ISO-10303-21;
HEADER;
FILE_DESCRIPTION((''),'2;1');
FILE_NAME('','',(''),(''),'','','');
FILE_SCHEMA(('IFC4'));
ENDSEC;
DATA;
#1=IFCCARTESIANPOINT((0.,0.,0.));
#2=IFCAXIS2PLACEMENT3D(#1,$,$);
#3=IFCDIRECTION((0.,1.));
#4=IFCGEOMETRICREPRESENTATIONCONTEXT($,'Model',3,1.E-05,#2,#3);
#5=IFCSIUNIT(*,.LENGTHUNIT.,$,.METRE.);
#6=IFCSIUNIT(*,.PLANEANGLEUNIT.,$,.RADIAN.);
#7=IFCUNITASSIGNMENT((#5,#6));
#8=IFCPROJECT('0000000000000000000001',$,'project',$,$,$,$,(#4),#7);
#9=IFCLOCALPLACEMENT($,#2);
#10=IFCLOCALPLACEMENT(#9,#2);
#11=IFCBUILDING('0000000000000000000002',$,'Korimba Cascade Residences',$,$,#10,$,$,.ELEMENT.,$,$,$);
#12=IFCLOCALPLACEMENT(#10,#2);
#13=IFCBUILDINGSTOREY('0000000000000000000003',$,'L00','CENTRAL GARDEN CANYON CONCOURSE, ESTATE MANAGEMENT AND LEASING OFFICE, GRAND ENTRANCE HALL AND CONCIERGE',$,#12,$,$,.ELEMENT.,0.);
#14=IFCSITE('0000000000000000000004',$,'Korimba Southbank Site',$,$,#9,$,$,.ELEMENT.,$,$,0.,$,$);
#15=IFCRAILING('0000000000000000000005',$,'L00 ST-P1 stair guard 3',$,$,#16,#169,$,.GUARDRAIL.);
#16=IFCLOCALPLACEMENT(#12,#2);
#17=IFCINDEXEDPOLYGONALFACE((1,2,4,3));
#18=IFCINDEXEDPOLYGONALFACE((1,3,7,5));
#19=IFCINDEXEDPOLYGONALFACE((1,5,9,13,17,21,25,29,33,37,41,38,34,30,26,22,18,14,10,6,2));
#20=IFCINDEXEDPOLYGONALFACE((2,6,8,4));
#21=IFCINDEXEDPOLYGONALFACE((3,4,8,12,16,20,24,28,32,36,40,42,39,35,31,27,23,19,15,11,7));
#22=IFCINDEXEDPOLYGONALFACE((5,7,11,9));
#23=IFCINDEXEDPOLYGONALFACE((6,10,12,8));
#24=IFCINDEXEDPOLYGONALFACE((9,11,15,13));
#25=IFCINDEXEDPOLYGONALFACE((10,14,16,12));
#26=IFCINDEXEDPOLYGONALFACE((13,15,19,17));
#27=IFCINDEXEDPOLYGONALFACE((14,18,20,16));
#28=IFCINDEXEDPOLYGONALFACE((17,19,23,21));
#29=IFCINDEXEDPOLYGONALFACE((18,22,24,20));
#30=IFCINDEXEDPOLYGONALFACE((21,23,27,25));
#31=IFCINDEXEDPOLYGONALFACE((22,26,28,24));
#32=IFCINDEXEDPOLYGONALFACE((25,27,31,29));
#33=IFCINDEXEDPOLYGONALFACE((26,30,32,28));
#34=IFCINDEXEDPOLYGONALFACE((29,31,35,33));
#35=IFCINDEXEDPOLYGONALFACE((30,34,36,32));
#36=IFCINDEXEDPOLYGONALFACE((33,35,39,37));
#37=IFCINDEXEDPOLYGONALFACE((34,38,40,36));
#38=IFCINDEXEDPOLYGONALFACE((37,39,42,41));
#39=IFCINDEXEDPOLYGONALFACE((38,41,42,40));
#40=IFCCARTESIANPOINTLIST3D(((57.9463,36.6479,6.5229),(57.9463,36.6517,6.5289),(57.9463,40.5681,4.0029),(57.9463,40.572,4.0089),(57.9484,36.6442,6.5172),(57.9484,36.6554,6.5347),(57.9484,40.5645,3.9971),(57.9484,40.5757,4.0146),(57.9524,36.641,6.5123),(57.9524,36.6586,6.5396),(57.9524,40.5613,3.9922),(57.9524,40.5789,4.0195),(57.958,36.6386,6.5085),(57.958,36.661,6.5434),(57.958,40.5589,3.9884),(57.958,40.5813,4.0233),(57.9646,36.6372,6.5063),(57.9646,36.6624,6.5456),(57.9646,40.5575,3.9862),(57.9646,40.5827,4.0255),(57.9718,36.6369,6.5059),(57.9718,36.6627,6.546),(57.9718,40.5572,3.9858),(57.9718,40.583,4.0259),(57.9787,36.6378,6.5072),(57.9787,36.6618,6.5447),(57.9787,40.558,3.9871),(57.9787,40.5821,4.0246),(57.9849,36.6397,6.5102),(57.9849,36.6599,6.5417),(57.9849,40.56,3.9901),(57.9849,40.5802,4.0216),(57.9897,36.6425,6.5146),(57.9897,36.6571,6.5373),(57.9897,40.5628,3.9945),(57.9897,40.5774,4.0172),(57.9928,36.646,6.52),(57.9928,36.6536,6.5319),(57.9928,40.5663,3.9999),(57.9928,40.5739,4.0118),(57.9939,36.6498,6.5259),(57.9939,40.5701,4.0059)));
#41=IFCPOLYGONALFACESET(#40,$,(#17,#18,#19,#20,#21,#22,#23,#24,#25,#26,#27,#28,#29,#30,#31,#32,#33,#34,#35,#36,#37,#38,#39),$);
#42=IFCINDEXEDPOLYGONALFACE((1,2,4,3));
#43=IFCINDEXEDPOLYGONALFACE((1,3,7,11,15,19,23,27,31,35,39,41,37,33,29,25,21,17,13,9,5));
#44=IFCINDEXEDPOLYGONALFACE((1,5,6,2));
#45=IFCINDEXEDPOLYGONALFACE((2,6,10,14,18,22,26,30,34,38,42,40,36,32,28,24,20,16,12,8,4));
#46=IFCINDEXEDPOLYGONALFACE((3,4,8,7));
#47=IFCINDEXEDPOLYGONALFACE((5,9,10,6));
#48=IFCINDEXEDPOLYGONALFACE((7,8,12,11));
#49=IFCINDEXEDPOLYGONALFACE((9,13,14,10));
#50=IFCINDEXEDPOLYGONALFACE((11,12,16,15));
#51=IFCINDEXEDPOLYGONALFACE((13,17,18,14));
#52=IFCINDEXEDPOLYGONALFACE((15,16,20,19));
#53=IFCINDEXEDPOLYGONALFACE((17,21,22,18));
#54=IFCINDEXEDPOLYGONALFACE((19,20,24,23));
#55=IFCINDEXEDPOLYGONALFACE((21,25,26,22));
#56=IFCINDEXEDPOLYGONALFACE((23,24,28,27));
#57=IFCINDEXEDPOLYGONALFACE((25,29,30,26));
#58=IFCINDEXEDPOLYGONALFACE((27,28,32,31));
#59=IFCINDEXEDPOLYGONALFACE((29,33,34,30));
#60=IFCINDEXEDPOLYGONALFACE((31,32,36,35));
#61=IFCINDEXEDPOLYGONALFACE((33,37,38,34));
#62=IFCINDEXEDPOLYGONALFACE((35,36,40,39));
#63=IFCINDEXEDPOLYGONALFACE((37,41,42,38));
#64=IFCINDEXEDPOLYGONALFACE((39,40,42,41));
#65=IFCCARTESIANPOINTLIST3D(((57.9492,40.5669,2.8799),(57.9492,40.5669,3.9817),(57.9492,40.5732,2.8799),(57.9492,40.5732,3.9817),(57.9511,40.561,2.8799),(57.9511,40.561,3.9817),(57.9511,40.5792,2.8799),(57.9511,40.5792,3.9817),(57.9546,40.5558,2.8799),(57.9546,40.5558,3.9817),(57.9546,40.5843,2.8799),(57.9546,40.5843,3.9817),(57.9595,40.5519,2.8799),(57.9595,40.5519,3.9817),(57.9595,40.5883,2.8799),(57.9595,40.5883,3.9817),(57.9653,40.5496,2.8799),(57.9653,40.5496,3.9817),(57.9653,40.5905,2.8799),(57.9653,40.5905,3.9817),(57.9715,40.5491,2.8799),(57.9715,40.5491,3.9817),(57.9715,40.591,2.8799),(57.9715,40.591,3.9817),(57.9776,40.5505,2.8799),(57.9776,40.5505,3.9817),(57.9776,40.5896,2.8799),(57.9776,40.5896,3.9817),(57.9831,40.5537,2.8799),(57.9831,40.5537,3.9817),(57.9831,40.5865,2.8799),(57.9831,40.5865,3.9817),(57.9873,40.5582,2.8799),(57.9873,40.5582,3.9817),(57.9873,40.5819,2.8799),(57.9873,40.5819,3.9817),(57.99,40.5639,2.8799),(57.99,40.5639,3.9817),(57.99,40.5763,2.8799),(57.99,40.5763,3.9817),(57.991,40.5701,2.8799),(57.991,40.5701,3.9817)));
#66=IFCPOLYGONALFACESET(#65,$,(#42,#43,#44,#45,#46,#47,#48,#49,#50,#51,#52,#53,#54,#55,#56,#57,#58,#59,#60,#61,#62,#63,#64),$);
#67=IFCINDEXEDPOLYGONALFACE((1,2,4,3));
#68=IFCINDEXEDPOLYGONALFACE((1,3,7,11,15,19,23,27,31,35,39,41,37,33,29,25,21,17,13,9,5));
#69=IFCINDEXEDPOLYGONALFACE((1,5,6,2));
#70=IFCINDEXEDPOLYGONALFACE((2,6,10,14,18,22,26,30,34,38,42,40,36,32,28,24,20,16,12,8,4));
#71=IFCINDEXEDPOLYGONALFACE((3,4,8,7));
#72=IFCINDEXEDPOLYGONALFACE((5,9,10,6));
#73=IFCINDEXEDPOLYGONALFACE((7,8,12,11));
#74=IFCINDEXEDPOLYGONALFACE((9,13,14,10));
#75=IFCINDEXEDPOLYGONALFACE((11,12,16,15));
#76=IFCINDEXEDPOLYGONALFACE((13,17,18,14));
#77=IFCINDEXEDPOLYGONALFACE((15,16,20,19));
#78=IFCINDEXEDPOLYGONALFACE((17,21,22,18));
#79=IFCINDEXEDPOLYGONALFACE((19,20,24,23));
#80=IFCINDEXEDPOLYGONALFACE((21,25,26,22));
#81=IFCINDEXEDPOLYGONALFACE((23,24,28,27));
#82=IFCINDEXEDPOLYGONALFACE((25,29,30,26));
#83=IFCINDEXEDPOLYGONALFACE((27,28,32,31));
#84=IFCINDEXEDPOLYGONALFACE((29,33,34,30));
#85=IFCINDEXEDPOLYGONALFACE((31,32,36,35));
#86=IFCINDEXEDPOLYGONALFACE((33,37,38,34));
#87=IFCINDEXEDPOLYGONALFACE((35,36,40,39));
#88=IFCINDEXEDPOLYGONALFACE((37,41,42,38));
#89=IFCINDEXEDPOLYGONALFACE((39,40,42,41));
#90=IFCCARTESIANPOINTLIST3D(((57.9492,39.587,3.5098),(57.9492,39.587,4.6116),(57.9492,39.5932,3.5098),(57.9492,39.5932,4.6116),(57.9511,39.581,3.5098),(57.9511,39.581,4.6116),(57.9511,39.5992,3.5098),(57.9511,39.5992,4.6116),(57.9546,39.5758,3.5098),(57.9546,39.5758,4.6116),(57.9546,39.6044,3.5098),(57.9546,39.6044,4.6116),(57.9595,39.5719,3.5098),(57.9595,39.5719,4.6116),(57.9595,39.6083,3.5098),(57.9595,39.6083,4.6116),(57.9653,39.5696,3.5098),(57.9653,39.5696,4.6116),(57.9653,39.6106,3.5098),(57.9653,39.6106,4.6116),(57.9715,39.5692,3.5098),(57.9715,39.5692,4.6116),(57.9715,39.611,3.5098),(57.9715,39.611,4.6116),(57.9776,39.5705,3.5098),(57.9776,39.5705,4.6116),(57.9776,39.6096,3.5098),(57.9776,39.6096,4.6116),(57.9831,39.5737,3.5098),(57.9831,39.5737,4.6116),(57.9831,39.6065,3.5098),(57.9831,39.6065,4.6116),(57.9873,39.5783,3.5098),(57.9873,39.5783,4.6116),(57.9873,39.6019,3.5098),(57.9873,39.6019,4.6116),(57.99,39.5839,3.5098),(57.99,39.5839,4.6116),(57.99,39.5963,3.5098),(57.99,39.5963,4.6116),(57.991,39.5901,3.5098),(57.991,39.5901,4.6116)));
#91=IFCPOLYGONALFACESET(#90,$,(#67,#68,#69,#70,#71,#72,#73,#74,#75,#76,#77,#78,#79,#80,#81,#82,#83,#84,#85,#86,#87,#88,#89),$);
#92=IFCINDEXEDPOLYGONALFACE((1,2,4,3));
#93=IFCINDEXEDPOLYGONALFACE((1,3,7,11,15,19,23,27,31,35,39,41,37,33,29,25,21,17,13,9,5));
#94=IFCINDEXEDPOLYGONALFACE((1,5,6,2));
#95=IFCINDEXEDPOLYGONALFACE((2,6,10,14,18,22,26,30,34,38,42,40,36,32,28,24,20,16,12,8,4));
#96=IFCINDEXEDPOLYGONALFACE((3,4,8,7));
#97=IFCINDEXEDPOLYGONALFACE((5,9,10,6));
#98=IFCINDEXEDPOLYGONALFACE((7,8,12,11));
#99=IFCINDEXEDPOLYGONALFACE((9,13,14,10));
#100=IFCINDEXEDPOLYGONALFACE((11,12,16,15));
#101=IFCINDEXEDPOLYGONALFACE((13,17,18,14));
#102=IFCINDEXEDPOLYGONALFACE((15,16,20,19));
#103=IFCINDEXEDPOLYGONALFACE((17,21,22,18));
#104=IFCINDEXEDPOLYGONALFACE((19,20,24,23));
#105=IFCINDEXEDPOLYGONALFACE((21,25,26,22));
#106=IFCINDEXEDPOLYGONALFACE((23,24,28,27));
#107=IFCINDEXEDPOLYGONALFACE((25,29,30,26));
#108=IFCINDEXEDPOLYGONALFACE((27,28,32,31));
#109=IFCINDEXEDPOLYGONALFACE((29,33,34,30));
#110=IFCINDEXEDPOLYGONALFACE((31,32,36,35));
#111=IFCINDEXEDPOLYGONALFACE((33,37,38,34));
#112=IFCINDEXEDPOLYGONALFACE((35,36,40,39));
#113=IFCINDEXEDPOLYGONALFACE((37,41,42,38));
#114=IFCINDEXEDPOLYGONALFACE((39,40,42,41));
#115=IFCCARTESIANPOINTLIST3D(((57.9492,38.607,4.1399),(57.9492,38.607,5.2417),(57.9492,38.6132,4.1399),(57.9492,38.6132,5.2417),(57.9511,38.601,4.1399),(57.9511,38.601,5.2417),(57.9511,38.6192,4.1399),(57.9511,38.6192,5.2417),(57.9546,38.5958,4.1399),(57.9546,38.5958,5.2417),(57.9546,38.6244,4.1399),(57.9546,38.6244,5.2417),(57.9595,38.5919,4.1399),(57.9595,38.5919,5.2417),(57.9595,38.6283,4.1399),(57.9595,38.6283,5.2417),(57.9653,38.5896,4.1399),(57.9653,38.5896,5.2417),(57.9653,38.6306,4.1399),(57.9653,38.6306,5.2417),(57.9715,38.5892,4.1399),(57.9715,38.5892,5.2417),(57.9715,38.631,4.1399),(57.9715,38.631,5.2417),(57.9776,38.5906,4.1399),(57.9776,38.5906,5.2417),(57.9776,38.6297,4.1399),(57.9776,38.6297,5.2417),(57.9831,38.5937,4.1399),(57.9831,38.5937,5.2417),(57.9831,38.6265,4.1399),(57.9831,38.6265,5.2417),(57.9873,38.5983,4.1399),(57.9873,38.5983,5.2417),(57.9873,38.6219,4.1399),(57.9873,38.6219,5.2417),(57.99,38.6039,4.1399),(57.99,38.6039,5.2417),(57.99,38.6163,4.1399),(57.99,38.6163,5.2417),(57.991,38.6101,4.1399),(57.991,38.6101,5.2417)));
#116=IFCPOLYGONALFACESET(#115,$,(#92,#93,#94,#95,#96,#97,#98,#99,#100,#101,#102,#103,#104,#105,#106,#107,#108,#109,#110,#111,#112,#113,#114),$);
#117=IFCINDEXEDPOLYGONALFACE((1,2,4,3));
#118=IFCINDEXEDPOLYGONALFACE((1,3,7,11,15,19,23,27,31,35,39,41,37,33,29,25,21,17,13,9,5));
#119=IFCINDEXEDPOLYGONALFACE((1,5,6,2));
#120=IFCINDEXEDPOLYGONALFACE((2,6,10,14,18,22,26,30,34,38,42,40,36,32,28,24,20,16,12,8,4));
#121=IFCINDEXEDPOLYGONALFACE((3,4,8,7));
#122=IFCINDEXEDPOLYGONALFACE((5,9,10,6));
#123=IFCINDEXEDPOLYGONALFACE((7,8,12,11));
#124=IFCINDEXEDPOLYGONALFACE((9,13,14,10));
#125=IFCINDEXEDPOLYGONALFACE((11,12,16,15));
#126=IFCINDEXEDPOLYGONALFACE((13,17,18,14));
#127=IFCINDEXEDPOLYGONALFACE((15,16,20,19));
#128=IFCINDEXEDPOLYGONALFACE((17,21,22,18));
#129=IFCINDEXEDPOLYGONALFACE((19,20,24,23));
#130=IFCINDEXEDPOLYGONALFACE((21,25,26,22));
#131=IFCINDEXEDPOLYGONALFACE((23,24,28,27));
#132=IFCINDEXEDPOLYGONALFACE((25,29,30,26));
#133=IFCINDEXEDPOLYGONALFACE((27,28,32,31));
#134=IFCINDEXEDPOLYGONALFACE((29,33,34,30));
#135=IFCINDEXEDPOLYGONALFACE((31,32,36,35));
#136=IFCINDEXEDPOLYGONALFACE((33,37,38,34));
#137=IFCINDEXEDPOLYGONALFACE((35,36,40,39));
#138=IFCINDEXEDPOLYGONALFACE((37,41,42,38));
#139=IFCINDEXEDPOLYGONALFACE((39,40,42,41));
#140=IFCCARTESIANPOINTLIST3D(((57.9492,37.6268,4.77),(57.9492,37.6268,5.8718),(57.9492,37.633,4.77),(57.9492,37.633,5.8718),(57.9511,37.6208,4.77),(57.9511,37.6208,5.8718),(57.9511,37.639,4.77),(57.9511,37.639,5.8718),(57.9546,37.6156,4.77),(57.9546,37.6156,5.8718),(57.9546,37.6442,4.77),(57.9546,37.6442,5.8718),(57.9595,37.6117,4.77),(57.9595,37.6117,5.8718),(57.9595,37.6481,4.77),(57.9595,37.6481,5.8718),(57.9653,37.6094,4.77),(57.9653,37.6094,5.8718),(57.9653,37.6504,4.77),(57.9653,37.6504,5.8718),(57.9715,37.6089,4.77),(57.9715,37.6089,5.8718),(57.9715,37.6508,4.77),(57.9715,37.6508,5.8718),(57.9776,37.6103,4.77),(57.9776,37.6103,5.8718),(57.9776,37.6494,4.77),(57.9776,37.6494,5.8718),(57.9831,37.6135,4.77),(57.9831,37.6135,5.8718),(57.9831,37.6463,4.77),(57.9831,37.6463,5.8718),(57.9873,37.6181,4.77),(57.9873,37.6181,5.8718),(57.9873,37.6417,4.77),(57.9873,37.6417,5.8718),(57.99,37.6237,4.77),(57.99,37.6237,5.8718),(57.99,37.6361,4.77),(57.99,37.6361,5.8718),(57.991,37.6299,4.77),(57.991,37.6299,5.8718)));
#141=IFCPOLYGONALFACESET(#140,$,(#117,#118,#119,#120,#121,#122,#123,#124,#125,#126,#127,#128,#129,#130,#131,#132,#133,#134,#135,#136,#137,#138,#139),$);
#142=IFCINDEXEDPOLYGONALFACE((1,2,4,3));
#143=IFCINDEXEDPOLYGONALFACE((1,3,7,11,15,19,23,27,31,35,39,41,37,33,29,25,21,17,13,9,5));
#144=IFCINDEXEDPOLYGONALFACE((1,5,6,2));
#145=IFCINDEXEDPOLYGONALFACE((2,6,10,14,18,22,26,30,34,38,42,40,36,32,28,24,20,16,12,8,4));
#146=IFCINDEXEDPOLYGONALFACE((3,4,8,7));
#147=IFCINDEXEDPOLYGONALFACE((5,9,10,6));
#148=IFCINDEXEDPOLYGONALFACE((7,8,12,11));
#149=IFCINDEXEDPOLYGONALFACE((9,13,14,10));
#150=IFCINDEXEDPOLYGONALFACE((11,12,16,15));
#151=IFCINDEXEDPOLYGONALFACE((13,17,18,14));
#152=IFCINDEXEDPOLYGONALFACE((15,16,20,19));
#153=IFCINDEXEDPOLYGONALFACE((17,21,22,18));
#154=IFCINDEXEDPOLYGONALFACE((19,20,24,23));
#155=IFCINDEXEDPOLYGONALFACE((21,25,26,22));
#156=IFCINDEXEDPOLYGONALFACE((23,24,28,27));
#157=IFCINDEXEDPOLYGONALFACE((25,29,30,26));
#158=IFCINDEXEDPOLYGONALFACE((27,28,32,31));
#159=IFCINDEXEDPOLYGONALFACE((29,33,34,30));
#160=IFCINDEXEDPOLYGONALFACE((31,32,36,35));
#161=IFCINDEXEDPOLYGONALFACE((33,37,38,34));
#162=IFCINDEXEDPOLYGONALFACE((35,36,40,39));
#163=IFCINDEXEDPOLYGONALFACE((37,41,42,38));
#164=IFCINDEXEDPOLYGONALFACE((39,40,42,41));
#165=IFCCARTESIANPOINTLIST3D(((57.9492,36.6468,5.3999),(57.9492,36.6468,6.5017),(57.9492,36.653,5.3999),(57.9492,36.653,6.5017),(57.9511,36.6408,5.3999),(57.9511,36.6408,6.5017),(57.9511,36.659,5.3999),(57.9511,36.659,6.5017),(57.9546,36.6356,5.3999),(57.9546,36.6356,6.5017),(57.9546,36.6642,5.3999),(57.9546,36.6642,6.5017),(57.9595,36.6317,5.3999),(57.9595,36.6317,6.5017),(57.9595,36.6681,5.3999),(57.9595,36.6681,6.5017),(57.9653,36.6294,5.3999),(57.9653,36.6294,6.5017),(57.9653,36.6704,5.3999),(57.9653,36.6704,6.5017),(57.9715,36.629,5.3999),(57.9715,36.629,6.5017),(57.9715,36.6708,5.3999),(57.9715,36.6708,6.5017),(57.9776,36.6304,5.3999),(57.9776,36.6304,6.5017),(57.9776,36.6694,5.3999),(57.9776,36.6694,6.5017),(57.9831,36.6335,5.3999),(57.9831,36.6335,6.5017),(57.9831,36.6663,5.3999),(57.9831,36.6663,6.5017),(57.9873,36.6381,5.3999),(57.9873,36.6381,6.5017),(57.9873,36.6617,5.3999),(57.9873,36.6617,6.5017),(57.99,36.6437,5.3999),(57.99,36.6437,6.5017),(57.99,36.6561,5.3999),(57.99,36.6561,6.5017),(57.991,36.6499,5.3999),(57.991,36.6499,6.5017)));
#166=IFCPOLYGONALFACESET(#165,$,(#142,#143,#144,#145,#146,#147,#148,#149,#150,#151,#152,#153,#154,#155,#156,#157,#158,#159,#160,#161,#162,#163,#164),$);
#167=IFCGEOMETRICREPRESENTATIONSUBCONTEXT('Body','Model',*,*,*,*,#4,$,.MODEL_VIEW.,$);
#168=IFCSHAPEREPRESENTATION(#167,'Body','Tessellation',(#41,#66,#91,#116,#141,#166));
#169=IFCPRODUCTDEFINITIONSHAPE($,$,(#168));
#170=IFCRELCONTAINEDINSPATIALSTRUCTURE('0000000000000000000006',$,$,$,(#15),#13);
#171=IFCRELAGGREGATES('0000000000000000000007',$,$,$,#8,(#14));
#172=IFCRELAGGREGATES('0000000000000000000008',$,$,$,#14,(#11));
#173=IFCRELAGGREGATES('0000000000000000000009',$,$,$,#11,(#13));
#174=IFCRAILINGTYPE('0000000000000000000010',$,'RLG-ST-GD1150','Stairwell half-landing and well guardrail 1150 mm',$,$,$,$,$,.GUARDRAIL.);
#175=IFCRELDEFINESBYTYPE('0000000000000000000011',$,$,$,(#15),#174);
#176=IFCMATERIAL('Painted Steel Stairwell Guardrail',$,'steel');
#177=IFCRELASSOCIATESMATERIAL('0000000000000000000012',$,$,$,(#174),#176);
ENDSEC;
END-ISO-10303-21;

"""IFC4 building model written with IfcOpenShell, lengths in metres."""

from ifc_helpers import new_model, si_unit, direction, frame, origin, origin_2d, place, context, subcontext, project, spatial, circle, extrude, material, type_object, element, save


model = new_model("IFC4")

# Units and contexts
model_context = context("Model", 3, precision=1e-05, world=origin(), true_north=direction((0.0, 1.0)))
body_context = subcontext(model_context, "Body", "Model", "MODEL_VIEW")
ifc_project = project(units=[si_unit("LENGTHUNIT", "METRE"), si_unit("PLANEANGLEUNIT", "RADIAN")], contexts=[model_context])

# Site, building, storey
site_placement = place(None, origin())
site = spatial("IfcSite", under=ifc_project, at=site_placement, Name="Korimba Southbank Site", CompositionType="ELEMENT", RefElevation=0.0)
building_placement = place(site_placement, origin())
building = spatial("IfcBuilding", under=site, at=building_placement, Name="Korimba Cascade Residences", CompositionType="ELEMENT")
storey_placement = place(building_placement, origin())
storey = spatial("IfcBuildingStorey", under=building, at=storey_placement, Name="L00", Description="CENTRAL GARDEN CANYON CONCOURSE, ESTATE MANAGEMENT AND LEASING OFFICE, GRAND ENTRANCE HALL AND CONCIERGE", CompositionType="ELEMENT", Elevation=0.0)

# Railing
ifc_material_1 = material(Name="Painted Steel Stairwell Guardrail", Category="steel")
railing_type_1 = type_object("IfcRailingType", Name="RLG-ST-GD1150", Description="Stairwell half-landing and well guardrail 1150 mm", PredefinedType="GUARDRAIL", material=ifc_material_1)
railing_1_placement = place(storey_placement, frame((57.97, 40.5701, 2.8799)))
element("IfcRailing", 1, at=railing_1_placement, inside=storey, type_object=railing_type_1, Name="L00 ST-P1 stair guard 3", PredefinedType="GUARDRAIL", context=body_context, shape_type="SweptSolid", body=[
    extrude(circle(Radius=0.0239, at=origin_2d()), frame((0.0, 0.0, 1.126), z_axis=(0.0, -0.841187, 0.540744), x_axis=(1.0, 0.0, 0.0)), (0.0, 0.0, 1.0), 4.6604),
    extrude(circle(Radius=0.021, at=origin_2d()), origin(), (0.0, 0.0, 1.0), 1.1018),
    extrude(circle(Radius=0.021, at=origin_2d()), frame((0.0, -0.98, 0.6299)), (0.0, 0.0, 1.0), 1.1018),
    extrude(circle(Radius=0.021, at=origin_2d()), frame((0.0, -1.96, 1.26)), (0.0, 0.0, 1.0), 1.1018),
    extrude(circle(Radius=0.021, at=origin_2d()), frame((0.0, -2.9402, 1.8901)), (0.0, 0.0, 1.0), 1.1018),
    extrude(circle(Radius=0.021, at=origin_2d()), frame((0.0, -3.9202, 2.52)), (0.0, 0.0, 1.0), 1.1018),
])

save(model, "model.ifc")
